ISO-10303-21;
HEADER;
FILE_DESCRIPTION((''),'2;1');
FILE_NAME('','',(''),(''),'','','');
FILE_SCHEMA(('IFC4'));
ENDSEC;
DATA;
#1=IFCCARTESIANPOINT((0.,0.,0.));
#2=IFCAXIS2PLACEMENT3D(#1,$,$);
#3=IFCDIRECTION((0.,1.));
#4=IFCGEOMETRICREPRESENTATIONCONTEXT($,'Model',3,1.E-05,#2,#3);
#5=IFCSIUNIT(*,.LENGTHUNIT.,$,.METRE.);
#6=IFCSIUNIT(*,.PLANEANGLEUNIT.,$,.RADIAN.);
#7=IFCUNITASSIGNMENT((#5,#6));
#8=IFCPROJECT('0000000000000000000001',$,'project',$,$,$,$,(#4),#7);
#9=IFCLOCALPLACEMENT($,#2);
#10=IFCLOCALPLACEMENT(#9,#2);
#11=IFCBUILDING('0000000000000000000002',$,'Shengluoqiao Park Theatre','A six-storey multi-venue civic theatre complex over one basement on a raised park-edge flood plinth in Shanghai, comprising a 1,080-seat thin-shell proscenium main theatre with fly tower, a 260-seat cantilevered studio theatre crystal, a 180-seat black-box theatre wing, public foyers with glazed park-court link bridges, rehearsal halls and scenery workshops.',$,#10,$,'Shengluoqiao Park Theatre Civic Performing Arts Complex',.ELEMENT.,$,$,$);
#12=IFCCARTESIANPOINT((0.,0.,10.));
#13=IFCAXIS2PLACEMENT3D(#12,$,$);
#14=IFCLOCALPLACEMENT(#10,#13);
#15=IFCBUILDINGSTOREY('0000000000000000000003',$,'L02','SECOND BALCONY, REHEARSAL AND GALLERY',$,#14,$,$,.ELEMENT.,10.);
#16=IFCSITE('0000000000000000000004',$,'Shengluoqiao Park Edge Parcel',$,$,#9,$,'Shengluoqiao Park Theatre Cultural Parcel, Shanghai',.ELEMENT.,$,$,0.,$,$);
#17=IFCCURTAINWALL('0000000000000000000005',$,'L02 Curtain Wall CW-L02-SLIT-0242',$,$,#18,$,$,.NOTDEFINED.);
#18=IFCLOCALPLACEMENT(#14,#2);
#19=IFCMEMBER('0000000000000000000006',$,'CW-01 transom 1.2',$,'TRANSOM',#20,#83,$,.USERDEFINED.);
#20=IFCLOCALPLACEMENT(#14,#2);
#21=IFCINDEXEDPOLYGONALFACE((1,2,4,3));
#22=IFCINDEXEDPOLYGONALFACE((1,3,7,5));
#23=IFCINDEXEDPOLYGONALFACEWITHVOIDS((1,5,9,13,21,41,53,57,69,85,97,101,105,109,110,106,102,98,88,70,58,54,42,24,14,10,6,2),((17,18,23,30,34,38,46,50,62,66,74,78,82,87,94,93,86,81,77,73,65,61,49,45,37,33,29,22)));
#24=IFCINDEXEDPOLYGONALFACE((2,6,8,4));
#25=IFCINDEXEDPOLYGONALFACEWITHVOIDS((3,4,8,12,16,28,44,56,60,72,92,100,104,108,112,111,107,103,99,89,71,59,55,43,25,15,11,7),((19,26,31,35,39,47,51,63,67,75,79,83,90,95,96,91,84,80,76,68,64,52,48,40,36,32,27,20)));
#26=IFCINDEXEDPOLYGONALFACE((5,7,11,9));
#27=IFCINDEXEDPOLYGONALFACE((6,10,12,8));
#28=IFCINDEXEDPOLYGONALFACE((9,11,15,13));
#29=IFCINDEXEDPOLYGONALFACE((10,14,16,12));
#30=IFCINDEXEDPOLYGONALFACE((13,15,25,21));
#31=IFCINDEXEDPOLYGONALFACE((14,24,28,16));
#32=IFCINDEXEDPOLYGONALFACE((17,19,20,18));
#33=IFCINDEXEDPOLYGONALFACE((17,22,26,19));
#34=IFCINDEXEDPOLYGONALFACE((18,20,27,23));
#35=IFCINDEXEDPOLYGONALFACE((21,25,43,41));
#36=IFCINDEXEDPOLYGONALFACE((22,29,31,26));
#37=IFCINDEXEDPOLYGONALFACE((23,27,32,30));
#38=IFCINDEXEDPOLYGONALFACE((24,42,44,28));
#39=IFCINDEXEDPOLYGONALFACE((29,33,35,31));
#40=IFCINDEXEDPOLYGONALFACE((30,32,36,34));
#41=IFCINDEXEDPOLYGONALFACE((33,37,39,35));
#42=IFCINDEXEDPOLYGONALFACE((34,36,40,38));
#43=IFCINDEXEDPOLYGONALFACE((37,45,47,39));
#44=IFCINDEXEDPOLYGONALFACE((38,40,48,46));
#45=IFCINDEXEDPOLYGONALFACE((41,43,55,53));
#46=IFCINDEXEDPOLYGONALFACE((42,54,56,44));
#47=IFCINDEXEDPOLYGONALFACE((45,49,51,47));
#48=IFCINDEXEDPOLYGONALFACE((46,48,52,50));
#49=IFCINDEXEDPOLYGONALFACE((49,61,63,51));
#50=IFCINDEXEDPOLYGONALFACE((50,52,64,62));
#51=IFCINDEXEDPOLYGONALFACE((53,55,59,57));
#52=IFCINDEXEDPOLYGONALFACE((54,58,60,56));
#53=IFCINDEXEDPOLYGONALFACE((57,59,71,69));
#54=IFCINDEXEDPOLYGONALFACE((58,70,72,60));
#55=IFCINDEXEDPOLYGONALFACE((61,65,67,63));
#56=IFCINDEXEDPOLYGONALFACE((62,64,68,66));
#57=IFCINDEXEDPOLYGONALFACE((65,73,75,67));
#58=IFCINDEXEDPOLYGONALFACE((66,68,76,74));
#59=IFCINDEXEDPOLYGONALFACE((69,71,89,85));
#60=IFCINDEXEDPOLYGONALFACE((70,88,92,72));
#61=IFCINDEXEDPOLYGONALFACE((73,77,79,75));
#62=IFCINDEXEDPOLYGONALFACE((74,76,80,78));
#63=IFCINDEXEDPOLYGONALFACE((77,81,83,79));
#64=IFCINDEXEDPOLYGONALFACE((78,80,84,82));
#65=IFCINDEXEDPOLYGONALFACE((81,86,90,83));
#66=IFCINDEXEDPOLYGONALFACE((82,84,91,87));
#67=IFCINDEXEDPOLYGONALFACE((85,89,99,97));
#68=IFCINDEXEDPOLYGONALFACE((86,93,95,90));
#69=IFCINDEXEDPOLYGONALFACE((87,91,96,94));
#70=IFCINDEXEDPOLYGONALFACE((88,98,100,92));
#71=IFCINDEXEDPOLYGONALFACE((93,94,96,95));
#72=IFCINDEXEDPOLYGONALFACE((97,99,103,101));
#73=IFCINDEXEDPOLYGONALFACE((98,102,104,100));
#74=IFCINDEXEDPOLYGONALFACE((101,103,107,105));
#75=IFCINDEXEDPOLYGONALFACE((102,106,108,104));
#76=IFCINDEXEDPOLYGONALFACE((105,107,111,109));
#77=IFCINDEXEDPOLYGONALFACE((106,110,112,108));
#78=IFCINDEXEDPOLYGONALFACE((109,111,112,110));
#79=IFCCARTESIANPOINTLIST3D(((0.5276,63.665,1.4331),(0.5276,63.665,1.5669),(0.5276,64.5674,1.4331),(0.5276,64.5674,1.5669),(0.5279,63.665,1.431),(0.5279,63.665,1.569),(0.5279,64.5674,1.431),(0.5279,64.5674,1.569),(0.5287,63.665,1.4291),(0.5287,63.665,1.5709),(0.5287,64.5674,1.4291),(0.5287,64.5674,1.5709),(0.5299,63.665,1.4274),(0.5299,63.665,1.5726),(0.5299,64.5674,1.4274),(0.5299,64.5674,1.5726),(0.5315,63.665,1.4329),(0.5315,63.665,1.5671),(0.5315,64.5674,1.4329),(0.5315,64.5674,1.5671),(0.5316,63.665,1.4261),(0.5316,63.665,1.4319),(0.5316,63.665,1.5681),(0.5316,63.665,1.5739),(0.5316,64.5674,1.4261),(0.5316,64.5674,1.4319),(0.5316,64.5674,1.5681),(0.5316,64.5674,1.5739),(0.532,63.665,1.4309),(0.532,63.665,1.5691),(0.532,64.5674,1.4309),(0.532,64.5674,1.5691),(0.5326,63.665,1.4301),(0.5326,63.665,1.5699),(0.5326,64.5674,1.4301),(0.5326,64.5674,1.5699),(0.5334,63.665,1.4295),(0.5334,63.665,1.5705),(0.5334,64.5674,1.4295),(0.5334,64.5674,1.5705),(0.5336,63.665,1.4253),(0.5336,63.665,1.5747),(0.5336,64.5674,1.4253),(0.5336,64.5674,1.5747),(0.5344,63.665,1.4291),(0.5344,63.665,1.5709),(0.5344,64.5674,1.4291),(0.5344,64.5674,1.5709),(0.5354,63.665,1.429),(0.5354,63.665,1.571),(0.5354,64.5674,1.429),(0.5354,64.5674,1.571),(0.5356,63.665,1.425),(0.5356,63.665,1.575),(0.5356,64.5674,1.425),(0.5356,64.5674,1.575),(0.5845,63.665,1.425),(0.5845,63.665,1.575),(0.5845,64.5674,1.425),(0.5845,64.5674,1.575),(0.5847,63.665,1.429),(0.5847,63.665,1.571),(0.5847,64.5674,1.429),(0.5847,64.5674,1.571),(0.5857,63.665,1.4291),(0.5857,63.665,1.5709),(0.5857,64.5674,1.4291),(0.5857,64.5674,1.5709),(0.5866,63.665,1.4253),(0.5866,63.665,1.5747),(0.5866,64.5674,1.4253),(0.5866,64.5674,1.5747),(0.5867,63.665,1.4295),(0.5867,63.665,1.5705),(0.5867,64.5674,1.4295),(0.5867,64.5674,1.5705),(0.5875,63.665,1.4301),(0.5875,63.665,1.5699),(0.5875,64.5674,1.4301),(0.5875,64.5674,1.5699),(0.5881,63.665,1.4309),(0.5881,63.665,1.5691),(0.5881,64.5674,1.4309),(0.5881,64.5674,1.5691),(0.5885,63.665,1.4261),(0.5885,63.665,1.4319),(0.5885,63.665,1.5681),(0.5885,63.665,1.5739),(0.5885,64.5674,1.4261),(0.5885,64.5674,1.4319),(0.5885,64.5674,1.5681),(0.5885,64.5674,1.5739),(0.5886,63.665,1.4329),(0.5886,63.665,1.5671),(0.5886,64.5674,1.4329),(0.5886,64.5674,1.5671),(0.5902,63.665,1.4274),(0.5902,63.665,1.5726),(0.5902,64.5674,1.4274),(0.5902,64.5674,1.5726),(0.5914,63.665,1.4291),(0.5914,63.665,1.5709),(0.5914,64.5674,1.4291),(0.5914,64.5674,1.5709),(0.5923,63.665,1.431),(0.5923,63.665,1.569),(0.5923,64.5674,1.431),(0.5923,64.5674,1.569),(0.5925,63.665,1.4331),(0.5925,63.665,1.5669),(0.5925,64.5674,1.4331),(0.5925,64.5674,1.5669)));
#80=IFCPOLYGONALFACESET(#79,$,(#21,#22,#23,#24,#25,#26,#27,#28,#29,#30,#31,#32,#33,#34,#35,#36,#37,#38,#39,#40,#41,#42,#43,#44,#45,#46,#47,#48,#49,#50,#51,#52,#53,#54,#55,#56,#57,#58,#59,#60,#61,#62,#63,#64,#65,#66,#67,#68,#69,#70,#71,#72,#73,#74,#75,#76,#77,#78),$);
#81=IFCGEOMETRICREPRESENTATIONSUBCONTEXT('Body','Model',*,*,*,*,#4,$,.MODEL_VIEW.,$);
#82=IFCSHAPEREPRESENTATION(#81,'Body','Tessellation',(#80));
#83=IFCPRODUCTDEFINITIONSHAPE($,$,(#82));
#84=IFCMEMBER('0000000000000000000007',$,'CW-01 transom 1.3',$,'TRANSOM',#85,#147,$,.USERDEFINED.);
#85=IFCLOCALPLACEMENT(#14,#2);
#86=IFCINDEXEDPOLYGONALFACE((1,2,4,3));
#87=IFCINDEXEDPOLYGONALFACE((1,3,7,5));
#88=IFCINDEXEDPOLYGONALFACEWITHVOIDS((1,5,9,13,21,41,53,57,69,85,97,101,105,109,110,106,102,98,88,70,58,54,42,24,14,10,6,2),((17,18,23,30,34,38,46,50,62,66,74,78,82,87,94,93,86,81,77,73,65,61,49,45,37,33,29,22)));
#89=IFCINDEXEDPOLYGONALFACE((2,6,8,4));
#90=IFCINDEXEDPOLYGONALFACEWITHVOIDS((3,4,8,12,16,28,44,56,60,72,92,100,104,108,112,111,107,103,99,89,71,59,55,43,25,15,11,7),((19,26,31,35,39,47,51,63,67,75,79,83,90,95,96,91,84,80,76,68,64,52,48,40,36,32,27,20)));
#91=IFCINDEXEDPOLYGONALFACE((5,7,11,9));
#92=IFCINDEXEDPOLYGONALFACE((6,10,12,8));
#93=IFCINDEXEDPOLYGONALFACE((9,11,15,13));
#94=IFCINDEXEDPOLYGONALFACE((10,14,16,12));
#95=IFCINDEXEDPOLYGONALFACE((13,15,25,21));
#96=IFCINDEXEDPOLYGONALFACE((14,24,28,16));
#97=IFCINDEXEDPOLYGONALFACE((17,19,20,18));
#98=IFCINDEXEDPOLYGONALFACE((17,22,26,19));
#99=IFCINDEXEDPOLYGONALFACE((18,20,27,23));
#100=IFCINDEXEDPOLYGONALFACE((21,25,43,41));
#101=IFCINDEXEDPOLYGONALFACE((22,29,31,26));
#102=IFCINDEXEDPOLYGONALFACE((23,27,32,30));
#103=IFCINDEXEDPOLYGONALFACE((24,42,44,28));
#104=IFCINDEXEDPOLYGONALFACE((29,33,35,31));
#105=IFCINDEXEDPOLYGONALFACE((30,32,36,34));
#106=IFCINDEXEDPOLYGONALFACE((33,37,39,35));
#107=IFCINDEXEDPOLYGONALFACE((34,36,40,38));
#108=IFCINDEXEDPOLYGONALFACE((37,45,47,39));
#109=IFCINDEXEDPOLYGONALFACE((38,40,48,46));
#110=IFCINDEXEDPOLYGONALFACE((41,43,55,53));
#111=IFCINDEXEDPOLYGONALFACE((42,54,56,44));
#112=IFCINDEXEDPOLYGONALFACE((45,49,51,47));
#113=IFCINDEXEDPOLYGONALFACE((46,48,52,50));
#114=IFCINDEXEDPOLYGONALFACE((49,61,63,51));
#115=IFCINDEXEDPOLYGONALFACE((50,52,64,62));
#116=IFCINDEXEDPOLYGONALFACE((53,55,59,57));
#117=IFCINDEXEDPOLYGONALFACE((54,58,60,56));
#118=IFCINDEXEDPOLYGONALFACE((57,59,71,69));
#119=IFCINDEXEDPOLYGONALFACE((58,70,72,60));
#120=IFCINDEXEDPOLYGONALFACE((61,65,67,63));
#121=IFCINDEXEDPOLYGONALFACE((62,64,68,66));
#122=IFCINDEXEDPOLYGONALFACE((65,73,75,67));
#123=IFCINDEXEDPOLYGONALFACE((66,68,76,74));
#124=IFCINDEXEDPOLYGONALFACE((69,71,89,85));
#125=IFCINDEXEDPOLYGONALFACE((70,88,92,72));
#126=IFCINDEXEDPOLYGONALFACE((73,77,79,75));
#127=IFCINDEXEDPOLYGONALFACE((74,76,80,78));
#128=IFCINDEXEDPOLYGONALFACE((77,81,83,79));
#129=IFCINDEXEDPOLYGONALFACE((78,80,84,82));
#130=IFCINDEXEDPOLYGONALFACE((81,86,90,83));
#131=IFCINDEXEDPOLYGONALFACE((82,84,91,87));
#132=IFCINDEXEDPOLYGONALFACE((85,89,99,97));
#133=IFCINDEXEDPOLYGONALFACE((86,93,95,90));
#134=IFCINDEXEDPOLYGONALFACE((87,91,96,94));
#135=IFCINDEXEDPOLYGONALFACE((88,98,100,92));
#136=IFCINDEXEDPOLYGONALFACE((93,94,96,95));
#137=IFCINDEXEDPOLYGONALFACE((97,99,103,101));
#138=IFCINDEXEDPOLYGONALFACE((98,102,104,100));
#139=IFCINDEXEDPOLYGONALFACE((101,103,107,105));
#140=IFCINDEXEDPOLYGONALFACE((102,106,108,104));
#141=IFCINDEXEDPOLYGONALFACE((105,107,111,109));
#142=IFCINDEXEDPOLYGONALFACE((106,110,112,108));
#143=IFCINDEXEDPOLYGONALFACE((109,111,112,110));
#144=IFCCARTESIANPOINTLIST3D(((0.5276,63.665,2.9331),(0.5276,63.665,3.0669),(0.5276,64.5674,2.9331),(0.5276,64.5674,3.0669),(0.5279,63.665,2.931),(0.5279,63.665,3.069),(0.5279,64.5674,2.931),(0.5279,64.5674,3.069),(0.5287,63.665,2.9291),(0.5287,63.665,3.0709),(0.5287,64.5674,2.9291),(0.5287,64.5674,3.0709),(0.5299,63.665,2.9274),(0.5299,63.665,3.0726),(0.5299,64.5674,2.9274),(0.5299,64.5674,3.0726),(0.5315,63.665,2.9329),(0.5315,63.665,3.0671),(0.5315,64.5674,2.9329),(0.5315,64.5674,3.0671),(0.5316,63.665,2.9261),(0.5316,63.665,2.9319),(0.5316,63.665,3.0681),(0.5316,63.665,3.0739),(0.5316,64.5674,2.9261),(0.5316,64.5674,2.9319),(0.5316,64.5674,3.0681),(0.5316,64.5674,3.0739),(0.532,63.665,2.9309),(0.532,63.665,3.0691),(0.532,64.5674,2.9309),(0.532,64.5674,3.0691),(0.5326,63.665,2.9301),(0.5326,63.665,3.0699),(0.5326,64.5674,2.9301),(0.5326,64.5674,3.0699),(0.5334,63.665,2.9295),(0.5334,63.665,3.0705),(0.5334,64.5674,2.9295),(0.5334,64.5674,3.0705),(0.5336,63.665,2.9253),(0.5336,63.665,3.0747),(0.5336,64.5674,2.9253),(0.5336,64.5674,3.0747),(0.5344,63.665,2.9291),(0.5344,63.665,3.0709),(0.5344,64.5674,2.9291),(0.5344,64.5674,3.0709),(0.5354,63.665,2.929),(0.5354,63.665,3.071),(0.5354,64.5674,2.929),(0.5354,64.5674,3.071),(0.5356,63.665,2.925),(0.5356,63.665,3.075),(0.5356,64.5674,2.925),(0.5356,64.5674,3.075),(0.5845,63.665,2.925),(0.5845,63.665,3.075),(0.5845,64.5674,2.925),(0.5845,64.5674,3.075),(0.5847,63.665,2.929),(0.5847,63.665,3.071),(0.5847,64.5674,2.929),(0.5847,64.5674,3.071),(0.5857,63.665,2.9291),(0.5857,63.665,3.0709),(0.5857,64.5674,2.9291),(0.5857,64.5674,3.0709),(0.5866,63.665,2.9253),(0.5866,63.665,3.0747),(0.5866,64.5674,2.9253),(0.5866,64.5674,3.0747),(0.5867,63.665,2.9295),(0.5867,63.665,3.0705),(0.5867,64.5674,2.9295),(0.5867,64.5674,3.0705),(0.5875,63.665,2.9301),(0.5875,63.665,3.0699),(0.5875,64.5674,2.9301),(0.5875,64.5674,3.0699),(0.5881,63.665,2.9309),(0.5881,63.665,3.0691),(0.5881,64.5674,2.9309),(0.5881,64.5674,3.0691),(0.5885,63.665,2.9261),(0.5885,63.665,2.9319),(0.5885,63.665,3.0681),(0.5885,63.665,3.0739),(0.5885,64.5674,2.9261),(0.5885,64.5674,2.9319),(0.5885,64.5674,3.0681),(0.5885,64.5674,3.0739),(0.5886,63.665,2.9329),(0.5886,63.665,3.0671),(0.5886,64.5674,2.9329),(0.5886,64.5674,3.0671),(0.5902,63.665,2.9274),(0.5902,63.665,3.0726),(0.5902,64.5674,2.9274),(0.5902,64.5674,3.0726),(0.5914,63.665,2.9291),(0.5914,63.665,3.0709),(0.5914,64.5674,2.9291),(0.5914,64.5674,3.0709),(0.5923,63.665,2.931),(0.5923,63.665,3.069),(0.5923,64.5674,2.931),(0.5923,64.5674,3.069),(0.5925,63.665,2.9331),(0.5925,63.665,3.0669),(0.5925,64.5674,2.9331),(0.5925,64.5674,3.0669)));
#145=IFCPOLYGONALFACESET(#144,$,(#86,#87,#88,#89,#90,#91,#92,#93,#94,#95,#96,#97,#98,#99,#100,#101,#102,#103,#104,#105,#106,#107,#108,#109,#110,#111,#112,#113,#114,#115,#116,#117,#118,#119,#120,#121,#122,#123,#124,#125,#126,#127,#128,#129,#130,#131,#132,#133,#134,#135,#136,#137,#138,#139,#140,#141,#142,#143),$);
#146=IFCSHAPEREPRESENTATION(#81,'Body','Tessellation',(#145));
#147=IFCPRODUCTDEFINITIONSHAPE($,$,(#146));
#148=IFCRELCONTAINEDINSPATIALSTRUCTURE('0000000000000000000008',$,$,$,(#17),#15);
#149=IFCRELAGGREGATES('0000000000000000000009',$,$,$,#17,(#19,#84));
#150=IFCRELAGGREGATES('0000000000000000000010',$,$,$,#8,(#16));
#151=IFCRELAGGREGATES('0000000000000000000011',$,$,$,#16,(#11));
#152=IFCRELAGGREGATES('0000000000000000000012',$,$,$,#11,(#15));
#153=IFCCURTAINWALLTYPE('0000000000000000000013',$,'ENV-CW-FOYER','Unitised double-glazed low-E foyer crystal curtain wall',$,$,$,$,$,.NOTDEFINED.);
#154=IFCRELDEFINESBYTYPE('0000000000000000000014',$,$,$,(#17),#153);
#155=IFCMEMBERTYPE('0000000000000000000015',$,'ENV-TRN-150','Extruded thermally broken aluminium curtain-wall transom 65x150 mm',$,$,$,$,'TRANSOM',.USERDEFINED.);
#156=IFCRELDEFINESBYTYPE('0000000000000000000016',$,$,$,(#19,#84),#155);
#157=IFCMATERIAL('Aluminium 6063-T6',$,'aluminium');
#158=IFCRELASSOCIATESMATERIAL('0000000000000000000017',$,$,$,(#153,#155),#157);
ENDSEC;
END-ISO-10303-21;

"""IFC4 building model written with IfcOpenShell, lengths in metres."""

from ifc_helpers import new_model, si_unit, direction, frame, origin, origin_2d, place, context, subcontext, project, spatial, hollow_rectangle, extrude, material, material_profile, profile_set, type_object, element, aggregate, save


model = new_model("IFC4")

# Units and contexts
model_context = context("Model", 3, precision=1e-05, world=origin(), true_north=direction((0.0, 1.0)))
body_context = subcontext(model_context, "Body", "Model", "MODEL_VIEW")
ifc_project = project(units=[si_unit("LENGTHUNIT", "METRE"), si_unit("PLANEANGLEUNIT", "RADIAN")], contexts=[model_context])

# Site, building, storey
site_placement = place(None, origin())
site = spatial("IfcSite", under=ifc_project, at=site_placement, Name="Shengluoqiao Park Edge Parcel", LongName="Shengluoqiao Park Theatre Cultural Parcel, Shanghai", CompositionType="ELEMENT", RefElevation=0.0)
building_placement = place(site_placement, origin())
building = spatial("IfcBuilding", under=site, at=building_placement, Name="Shengluoqiao Park Theatre", Description="A six-storey multi-venue civic theatre complex over one basement on a raised park-edge flood plinth in Shanghai, comprising a 1,080-seat thin-shell proscenium main theatre with fly tower, a 260-seat cantilevered studio theatre crystal, a 180-seat black-box theatre wing, public foyers with glazed park-court link bridges, rehearsal halls and scenery workshops.", LongName="Shengluoqiao Park Theatre Civic Performing Arts Complex", CompositionType="ELEMENT")
storey_placement = place(building_placement, frame((0.0, 0.0, 10.0)))
storey = spatial("IfcBuildingStorey", under=building, at=storey_placement, Name="L02", Description="SECOND BALCONY, REHEARSAL AND GALLERY", CompositionType="ELEMENT", Elevation=10.0)

# Curtain wall, members
ifc_material_1 = material(Name="Aluminium 6063-T6", Category="aluminium")
curtain_wall_type = type_object("IfcCurtainWallType", Name="ENV-CW-FOYER", Description="Unitised double-glazed low-E foyer crystal curtain wall", PredefinedType="NOTDEFINED", material=ifc_material_1)
curtain_wall_placement = place(storey_placement, origin())
curtain_wall = element("IfcCurtainWall", 1, at=curtain_wall_placement, inside=storey, type_object=curtain_wall_type, Name="L02 Curtain Wall CW-L02-SLIT-0242", PredefinedType="NOTDEFINED")
ifc_material_profile_1 = material_profile(ifc_material_1, hollow_rectangle(XDim=0.0649, YDim=0.1499, WallThickness=0.0039, InnerFilletRadius=0.0039, OuterFilletRadius=0.0081, at=origin_2d()), Name="ALU TRANSOM 150x65x4")
ifc_profile_set_1 = profile_set([ifc_material_profile_1], Name="Aluminium 6063-T6")
member_type_1 = type_object("IfcMemberType", Name="ENV-TRN-150", Description="Extruded thermally broken aluminium curtain-wall transom 65x150 mm", ElementType="TRANSOM", PredefinedType="USERDEFINED", material=ifc_profile_set_1)
member_1_placement = place(storey_placement, frame((0.5601, 63.665, 1.5), z_axis=(0.0, 1.0, 0.0), x_axis=(-1.0, 0.0, 0.0)))
member_1 = element("IfcMember", 2, at=member_1_placement, type_object=member_type_1, Name="CW-01 transom 1.2", ObjectType="TRANSOM", PredefinedType="USERDEFINED", context=body_context, shape_type="SweptSolid", body=[
    extrude(hollow_rectangle(XDim=0.0649, YDim=0.1499, WallThickness=0.0039, InnerFilletRadius=0.0039, OuterFilletRadius=0.0081, at=origin_2d()), origin(), (0.0, 0.0, 1.0), 0.9023),
])
member_2_placement = place(storey_placement, frame((0.5601, 63.665, 3.0), z_axis=(0.0, 1.0, 0.0), x_axis=(-1.0, 0.0, 0.0)))
member_2 = element("IfcMember", 3, at=member_2_placement, type_object=member_type_1, Name="CW-01 transom 1.3", ObjectType="TRANSOM", PredefinedType="USERDEFINED", context=body_context, shape_type="SweptSolid", body=[
    extrude(hollow_rectangle(XDim=0.0649, YDim=0.1499, WallThickness=0.0039, InnerFilletRadius=0.0039, OuterFilletRadius=0.0081, at=origin_2d()), origin(), (0.0, 0.0, 1.0), 0.9023),
])

aggregate(curtain_wall, [member_1, member_2])

save(model, "model.ifc")
